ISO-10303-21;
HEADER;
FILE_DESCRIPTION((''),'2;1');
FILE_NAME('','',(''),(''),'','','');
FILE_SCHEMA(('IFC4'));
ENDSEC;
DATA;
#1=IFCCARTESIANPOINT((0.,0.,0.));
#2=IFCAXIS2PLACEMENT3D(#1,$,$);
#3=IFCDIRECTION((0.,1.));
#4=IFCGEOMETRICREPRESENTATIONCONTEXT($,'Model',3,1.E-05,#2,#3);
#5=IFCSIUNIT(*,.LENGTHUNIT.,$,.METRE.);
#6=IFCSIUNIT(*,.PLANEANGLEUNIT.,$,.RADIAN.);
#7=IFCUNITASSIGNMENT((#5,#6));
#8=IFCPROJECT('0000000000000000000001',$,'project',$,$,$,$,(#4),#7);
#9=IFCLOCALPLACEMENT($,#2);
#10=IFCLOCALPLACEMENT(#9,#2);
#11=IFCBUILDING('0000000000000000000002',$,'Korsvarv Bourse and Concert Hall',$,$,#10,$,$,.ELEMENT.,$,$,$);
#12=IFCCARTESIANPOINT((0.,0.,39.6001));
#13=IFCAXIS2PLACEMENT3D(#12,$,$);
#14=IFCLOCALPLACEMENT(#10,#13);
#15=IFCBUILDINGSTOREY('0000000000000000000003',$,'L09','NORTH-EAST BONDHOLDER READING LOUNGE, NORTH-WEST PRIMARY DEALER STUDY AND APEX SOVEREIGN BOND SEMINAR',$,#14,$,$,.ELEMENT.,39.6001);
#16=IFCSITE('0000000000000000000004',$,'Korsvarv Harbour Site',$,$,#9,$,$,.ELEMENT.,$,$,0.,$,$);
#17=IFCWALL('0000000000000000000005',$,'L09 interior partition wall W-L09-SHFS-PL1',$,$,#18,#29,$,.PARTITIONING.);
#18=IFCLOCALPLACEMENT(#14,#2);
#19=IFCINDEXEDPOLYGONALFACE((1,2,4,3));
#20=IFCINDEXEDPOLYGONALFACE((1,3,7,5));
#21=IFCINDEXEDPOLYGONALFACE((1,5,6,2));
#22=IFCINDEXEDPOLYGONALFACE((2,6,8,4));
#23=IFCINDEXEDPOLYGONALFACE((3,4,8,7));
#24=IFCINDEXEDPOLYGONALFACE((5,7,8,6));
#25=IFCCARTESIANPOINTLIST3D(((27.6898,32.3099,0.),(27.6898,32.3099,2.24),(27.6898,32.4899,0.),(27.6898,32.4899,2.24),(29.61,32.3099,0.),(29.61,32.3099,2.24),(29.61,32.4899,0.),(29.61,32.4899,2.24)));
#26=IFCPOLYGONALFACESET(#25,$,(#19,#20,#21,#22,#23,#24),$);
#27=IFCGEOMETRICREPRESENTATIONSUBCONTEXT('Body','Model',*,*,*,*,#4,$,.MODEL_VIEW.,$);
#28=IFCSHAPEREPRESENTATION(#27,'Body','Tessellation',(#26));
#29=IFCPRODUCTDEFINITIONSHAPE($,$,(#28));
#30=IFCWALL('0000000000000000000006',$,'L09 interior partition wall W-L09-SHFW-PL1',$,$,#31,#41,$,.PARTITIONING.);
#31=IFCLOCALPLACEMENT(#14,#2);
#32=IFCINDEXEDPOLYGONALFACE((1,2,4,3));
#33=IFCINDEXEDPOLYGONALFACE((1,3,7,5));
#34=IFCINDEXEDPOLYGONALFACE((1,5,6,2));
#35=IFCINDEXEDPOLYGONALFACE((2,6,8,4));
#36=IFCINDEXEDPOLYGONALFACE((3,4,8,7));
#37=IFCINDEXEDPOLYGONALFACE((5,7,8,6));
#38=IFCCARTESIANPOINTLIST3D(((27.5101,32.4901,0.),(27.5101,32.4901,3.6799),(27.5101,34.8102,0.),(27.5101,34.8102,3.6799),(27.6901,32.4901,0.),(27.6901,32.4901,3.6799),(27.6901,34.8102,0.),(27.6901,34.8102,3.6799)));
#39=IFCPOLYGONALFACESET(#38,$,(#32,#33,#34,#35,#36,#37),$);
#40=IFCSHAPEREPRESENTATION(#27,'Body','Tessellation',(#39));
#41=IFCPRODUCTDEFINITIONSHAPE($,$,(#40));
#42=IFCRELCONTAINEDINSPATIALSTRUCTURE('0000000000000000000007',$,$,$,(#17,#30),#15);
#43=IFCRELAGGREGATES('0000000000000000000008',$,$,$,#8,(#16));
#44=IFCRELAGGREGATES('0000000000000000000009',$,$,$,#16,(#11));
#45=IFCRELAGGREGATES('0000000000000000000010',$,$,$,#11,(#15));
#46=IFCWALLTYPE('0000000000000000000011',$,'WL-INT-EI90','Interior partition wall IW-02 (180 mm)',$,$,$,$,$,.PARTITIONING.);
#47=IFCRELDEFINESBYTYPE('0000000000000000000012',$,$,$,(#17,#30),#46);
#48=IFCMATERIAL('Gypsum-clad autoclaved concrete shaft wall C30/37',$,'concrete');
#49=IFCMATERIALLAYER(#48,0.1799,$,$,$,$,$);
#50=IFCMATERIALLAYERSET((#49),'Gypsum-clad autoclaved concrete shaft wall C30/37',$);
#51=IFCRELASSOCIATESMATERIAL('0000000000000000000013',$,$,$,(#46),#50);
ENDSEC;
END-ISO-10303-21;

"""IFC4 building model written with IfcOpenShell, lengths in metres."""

from ifc_helpers import new_model, si_unit, direction, frame, frame_2d, origin, place, context, subcontext, project, spatial, rectangle, extrude, material, layer, layer_set, type_object, element, save


model = new_model("IFC4")

# Units and contexts
model_context = context("Model", 3, precision=1e-05, world=origin(), true_north=direction((0.0, 1.0)))
body_context = subcontext(model_context, "Body", "Model", "MODEL_VIEW")
ifc_project = project(units=[si_unit("LENGTHUNIT", "METRE"), si_unit("PLANEANGLEUNIT", "RADIAN")], contexts=[model_context])

# Site, building, storey
site_placement = place(None, origin())
site = spatial("IfcSite", under=ifc_project, at=site_placement, Name="Korsvarv Harbour Site", CompositionType="ELEMENT", RefElevation=0.0)
building_placement = place(site_placement, origin())
building = spatial("IfcBuilding", under=site, at=building_placement, Name="Korsvarv Bourse and Concert Hall", CompositionType="ELEMENT")
storey_placement = place(building_placement, frame((0.0, 0.0, 39.6001)))
storey = spatial("IfcBuildingStorey", under=building, at=storey_placement, Name="L09", Description="NORTH-EAST BONDHOLDER READING LOUNGE, NORTH-WEST PRIMARY DEALER STUDY AND APEX SOVEREIGN BOND SEMINAR", CompositionType="ELEMENT", Elevation=39.6001)

# Shared definitions
ifc_material_1 = material(Name="Gypsum-clad autoclaved concrete shaft wall C30/37", Category="concrete")
ifc_layer_1 = layer(ifc_material_1, 0.1799)
ifc_layer_set_1 = layer_set([ifc_layer_1], Name="Gypsum-clad autoclaved concrete shaft wall C30/37")
wall_type_1 = type_object("IfcWallType", Name="WL-INT-EI90", Description="Interior partition wall IW-02 (180 mm)", PredefinedType="PARTITIONING", material=ifc_layer_set_1)

# Walls
wall_1_placement = place(storey_placement, frame((27.6899, 32.3999, 0.0), z_axis=(0.0, 0.0, 1.0), x_axis=(1.0, 0.0, 0.0)))
element("IfcWall", 1, at=wall_1_placement, inside=storey, type_object=wall_type_1, Name="L09 interior partition wall W-L09-SHFS-PL1", PredefinedType="PARTITIONING", context=body_context, shape_type="SweptSolid", body=[
    extrude(rectangle(XDim=1.9202, YDim=0.1799, at=frame_2d((0.96, 0.0))), origin(), (0.0, 0.0, 1.0), 2.24),
])
wall_2_placement = place(storey_placement, frame((27.6001, 32.49, 0.0), z_axis=(0.0, 0.0, 1.0), x_axis=(0.0, 1.0, 0.0)))
element("IfcWall", 2, at=wall_2_placement, inside=storey, type_object=wall_type_1, Name="L09 interior partition wall W-L09-SHFW-PL1", PredefinedType="PARTITIONING", context=body_context, shape_type="SweptSolid", body=[
    extrude(rectangle(XDim=2.3201, YDim=0.1799, at=frame_2d((1.1602, 0.0))), origin(), (0.0, 0.0, 1.0), 3.6799),
])

save(model, "model.ifc")
